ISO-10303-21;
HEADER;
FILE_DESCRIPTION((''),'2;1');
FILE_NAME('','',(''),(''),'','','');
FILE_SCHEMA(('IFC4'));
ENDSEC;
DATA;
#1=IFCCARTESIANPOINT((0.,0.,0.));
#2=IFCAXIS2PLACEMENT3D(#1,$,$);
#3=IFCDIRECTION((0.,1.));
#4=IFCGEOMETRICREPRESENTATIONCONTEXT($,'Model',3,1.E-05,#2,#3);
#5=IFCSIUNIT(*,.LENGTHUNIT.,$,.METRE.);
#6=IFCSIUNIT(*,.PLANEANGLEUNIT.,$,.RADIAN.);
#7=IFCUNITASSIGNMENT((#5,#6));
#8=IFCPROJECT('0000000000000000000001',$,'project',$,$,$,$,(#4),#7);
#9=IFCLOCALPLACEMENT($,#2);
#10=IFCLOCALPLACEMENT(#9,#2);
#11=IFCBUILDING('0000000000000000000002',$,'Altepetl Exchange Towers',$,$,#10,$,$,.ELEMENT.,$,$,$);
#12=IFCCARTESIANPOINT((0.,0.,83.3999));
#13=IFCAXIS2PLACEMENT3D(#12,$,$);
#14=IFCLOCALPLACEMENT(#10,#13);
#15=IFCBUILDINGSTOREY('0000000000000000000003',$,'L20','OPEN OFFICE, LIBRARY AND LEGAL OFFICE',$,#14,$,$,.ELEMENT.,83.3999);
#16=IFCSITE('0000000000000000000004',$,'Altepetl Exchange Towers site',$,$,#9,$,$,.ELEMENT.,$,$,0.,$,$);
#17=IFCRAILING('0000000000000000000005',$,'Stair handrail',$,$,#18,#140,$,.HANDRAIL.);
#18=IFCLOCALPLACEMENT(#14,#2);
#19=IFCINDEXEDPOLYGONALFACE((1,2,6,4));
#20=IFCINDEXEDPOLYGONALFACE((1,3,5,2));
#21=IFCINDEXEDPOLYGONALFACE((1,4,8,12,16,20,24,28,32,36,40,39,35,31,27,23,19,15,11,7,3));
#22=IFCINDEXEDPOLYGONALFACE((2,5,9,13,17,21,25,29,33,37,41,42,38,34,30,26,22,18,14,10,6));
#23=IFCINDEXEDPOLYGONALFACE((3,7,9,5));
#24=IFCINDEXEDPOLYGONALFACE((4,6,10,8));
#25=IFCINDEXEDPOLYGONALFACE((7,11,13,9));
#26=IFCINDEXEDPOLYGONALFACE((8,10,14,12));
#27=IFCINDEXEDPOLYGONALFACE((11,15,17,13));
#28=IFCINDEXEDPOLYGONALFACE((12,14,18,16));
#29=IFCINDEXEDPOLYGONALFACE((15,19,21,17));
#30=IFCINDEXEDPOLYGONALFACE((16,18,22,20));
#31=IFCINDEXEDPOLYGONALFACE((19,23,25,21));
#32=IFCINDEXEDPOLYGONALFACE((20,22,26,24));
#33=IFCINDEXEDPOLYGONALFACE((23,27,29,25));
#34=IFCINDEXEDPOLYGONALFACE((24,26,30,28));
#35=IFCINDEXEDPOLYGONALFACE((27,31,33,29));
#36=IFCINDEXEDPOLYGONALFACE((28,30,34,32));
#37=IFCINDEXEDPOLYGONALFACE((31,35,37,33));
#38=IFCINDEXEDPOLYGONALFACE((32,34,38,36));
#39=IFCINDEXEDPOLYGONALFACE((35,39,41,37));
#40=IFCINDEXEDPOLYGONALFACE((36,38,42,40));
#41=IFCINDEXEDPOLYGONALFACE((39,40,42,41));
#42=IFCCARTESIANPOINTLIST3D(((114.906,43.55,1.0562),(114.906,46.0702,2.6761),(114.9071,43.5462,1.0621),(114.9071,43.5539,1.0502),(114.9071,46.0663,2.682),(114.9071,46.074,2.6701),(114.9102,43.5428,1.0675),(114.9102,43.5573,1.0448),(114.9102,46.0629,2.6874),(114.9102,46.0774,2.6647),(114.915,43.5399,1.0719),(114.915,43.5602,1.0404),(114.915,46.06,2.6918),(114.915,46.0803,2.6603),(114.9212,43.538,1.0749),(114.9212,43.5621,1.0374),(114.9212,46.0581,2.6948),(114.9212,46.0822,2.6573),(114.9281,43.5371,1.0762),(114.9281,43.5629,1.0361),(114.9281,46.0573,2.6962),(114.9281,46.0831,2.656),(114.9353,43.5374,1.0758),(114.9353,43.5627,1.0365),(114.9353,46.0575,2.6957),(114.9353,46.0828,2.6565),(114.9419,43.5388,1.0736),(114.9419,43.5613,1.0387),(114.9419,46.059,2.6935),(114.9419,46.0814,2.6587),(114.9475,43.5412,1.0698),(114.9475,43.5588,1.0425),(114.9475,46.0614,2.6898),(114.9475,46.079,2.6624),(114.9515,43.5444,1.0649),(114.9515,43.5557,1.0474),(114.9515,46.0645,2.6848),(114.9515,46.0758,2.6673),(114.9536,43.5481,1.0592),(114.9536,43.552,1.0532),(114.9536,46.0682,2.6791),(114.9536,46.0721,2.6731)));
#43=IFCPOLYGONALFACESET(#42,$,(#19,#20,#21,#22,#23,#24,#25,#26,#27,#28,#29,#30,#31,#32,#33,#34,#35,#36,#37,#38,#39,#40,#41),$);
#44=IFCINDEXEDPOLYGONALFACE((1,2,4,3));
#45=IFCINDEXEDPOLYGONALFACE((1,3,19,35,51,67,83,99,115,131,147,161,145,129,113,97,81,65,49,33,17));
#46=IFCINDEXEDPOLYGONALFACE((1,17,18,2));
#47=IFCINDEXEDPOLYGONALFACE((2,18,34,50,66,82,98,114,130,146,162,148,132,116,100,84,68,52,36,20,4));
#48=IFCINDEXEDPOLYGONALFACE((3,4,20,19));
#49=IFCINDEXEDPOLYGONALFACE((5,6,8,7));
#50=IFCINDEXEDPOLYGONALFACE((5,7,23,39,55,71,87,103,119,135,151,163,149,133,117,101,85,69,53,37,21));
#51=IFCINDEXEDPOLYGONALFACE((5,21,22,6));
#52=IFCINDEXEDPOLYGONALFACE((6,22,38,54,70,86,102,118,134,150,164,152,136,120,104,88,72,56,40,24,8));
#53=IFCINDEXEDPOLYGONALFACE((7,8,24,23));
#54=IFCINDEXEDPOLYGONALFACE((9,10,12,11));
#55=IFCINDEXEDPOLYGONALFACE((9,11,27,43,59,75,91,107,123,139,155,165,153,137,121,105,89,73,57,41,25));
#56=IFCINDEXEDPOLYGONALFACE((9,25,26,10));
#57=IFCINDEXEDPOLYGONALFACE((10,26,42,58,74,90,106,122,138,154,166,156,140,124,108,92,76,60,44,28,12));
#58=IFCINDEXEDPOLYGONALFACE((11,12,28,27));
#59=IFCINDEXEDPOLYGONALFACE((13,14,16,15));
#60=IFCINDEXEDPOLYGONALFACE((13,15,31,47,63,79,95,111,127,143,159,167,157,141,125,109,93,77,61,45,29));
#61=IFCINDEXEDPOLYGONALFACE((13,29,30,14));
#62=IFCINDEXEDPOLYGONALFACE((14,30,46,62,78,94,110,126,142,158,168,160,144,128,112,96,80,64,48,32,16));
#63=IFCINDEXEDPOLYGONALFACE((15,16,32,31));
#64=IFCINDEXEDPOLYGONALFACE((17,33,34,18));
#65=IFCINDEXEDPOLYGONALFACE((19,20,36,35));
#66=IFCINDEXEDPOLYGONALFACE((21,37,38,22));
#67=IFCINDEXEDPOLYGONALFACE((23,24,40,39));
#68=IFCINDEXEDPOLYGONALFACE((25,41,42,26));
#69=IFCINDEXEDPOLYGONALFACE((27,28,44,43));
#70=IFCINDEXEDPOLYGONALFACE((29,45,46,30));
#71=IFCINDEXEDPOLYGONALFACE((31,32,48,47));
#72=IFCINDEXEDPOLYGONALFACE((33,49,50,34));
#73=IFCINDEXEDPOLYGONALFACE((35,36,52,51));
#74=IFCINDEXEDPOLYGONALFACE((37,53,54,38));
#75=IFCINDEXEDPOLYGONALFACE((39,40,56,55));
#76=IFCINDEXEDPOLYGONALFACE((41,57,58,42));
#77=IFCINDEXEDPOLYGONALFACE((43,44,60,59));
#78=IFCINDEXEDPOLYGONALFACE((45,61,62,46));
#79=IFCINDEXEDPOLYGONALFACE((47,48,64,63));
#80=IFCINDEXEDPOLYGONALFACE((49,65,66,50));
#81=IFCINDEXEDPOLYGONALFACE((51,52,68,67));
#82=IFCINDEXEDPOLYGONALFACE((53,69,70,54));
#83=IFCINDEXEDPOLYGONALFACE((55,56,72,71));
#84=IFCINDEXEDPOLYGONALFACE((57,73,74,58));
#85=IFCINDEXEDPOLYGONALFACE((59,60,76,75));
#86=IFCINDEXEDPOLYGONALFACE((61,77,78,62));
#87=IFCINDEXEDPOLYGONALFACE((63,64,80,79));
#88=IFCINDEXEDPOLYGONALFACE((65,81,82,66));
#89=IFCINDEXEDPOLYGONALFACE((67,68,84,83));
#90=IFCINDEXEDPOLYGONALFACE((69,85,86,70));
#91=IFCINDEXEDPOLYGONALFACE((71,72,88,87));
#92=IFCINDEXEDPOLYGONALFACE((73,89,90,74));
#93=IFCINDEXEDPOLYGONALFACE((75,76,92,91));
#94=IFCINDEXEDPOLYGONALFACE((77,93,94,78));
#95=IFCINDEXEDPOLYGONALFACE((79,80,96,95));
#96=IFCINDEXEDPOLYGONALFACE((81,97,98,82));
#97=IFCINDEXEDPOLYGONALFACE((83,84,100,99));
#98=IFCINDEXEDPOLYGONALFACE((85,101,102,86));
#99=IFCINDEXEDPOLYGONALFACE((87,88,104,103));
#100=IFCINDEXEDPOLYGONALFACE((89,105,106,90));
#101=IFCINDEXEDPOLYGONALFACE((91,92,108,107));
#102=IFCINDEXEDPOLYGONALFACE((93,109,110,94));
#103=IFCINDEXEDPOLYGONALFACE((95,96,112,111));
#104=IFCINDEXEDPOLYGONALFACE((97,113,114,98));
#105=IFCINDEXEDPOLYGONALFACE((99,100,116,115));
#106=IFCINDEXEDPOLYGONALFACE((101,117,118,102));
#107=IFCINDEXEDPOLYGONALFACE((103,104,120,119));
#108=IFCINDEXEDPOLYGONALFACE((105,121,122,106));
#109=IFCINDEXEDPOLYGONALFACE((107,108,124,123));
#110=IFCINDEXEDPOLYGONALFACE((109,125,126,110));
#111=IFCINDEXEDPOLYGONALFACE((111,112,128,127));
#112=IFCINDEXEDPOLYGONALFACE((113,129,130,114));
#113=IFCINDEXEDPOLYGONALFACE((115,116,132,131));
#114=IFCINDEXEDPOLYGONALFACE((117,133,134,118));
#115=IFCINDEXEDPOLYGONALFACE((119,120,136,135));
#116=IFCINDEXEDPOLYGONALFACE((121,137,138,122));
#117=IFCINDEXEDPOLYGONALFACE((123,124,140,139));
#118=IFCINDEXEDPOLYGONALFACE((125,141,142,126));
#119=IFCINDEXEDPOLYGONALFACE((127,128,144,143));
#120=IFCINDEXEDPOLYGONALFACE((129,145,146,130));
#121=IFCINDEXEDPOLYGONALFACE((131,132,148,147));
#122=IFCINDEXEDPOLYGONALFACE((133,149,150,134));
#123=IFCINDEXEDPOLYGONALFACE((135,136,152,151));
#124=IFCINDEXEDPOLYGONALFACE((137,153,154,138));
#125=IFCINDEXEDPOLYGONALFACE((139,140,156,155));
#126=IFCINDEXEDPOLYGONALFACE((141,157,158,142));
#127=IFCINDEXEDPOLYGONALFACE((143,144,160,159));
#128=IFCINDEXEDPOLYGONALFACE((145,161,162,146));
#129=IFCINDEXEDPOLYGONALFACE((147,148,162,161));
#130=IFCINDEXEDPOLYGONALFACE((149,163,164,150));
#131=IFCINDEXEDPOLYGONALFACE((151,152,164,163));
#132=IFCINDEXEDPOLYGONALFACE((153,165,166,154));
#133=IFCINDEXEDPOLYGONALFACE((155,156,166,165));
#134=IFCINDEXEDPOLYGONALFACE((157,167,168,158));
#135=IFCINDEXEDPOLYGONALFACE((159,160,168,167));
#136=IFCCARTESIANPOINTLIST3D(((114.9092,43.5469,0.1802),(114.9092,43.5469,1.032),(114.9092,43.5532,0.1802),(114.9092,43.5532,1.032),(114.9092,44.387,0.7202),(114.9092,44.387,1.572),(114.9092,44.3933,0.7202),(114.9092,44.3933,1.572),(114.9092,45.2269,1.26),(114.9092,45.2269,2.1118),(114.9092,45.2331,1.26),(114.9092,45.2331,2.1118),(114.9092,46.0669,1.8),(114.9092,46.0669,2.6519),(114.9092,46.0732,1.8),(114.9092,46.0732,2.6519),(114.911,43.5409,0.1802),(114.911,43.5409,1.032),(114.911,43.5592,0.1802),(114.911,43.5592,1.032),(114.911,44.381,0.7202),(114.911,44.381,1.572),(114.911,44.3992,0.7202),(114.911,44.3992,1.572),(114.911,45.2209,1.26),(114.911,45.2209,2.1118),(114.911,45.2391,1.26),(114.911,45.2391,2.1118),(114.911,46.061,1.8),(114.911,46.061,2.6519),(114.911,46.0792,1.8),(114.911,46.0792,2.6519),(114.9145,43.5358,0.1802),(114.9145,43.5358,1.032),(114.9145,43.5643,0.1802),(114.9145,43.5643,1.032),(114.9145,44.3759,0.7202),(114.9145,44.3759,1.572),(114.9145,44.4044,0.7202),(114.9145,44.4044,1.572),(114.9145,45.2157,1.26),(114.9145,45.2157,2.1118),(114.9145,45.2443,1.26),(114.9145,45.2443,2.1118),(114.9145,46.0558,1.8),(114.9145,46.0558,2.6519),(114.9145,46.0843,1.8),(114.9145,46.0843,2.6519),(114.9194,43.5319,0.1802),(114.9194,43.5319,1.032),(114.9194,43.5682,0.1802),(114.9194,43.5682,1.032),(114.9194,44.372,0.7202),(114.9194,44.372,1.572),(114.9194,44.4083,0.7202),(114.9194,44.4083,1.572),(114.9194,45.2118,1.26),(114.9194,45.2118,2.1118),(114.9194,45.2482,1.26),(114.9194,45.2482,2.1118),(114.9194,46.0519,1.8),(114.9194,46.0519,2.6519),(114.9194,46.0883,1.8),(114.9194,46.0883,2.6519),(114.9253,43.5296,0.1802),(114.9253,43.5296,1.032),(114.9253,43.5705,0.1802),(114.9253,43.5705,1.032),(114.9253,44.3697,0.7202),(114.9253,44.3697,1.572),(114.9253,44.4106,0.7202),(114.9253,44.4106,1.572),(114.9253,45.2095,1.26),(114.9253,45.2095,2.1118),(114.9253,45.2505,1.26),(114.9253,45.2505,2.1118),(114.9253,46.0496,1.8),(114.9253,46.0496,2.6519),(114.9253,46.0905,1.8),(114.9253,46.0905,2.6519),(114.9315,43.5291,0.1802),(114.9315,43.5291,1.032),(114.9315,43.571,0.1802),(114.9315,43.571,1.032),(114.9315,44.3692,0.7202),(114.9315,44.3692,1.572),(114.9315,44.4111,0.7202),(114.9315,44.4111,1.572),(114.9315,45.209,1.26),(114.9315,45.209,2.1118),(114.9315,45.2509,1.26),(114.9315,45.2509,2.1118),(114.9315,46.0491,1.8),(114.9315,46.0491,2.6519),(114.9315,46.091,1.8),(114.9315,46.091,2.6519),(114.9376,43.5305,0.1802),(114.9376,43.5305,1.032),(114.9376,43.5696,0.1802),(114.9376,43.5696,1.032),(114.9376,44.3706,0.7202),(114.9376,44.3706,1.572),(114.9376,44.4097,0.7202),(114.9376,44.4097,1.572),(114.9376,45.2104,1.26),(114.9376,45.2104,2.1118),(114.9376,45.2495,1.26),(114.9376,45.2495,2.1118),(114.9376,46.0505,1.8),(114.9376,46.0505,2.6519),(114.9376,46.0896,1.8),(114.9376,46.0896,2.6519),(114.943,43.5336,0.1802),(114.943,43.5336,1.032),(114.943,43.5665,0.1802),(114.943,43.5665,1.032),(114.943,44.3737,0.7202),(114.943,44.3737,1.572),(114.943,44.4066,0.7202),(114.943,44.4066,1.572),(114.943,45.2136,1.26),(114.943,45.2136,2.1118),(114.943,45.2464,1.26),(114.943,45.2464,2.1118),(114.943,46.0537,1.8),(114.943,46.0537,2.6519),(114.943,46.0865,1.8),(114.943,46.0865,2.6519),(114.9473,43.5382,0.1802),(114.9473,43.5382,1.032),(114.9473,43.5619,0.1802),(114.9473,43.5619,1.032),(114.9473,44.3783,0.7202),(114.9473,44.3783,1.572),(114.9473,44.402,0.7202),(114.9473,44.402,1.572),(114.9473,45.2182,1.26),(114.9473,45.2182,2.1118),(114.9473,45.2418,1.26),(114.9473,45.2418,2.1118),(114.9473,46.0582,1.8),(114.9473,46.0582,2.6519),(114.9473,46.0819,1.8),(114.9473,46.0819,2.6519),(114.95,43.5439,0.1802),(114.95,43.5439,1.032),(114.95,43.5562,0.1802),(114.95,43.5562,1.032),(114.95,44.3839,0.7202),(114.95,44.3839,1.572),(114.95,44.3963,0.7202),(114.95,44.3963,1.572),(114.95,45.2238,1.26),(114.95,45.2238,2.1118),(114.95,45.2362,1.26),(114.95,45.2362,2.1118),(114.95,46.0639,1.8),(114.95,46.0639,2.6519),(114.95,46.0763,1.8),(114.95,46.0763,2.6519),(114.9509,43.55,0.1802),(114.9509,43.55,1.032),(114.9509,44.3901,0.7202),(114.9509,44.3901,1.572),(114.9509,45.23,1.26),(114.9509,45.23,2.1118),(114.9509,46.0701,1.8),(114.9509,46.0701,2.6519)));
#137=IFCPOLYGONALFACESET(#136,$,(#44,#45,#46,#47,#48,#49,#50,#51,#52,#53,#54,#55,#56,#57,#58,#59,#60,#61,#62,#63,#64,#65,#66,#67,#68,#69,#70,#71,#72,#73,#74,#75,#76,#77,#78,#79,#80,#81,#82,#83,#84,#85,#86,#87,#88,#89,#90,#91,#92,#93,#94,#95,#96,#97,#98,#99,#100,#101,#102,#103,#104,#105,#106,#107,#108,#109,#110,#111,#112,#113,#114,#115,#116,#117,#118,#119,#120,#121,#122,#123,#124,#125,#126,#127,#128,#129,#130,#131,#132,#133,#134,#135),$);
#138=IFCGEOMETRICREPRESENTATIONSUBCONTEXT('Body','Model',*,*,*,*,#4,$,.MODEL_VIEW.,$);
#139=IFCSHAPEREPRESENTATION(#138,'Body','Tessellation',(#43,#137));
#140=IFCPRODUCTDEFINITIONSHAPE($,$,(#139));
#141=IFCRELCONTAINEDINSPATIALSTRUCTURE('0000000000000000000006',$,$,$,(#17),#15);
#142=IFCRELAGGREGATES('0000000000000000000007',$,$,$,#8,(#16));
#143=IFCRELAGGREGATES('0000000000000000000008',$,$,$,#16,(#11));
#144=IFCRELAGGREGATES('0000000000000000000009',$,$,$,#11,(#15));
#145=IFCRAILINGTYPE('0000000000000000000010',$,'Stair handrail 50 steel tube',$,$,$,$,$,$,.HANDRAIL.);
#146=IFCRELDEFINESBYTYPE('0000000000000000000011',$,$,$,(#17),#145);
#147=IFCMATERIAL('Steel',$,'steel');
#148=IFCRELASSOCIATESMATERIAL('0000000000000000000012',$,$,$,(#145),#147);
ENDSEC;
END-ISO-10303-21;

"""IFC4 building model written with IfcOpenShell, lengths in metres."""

from ifc_helpers import new_model, si_unit, direction, frame, origin, origin_2d, place, context, subcontext, project, spatial, circle, extrude, source, transform, mapped, material, type_object, element, save


model = new_model("IFC4")

# Units and contexts
model_context = context("Model", 3, precision=1e-05, world=origin(), true_north=direction((0.0, 1.0)))
body_context = subcontext(model_context, "Body", "Model", "MODEL_VIEW")
ifc_project = project(units=[si_unit("LENGTHUNIT", "METRE"), si_unit("PLANEANGLEUNIT", "RADIAN")], contexts=[model_context])

# Site, building, storey
site_placement = place(None, origin())
site = spatial("IfcSite", under=ifc_project, at=site_placement, Name="Altepetl Exchange Towers site", CompositionType="ELEMENT", RefElevation=0.0)
building_placement = place(site_placement, origin())
building = spatial("IfcBuilding", under=site, at=building_placement, Name="Altepetl Exchange Towers", CompositionType="ELEMENT")
storey_placement = place(building_placement, frame((0.0, 0.0, 83.3999)))
storey = spatial("IfcBuildingStorey", under=building, at=storey_placement, Name="L20", Description="OPEN OFFICE, LIBRARY AND LEGAL OFFICE", CompositionType="ELEMENT", Elevation=83.3999)

# Railing
ifc_material_1 = material(Name="Steel", Category="steel")
railing_type = type_object("IfcRailingType", Name="Stair handrail 50 steel tube", PredefinedType="HANDRAIL", material=ifc_material_1)
shared_shape = source(origin(), body_context, "Body", "SweptSolid", [
    extrude(circle(Radius=0.021, at=origin_2d()), origin(), (0.0, 0.0, 1.0), 0.8518),
])
railing_1_placement = place(storey_placement, frame((114.9299, 43.55, 0.1802)))
element("IfcRailing", 1, at=railing_1_placement, inside=storey, type_object=railing_type, Name="Stair handrail", PredefinedType="HANDRAIL", context=body_context, shape_type="SweptSolid", body=[
    extrude(circle(Radius=0.0239, at=origin_2d()), frame((0.0, 0.0, 0.876), z_axis=(0.0, 0.8412, 0.540725), x_axis=(-1.0, 0.0, 0.0)), (0.0, 0.0, 1.0), 2.9958),
    mapped(shared_shape, transform((0.0, 0.0, 0.0))),
    mapped(shared_shape, transform((0.0, 0.8401, 0.54))),
    mapped(shared_shape, transform((0.0, 1.6799, 1.0798))),
    mapped(shared_shape, transform((0.0, 2.52, 1.6199))),
])

save(model, "model.ifc")
